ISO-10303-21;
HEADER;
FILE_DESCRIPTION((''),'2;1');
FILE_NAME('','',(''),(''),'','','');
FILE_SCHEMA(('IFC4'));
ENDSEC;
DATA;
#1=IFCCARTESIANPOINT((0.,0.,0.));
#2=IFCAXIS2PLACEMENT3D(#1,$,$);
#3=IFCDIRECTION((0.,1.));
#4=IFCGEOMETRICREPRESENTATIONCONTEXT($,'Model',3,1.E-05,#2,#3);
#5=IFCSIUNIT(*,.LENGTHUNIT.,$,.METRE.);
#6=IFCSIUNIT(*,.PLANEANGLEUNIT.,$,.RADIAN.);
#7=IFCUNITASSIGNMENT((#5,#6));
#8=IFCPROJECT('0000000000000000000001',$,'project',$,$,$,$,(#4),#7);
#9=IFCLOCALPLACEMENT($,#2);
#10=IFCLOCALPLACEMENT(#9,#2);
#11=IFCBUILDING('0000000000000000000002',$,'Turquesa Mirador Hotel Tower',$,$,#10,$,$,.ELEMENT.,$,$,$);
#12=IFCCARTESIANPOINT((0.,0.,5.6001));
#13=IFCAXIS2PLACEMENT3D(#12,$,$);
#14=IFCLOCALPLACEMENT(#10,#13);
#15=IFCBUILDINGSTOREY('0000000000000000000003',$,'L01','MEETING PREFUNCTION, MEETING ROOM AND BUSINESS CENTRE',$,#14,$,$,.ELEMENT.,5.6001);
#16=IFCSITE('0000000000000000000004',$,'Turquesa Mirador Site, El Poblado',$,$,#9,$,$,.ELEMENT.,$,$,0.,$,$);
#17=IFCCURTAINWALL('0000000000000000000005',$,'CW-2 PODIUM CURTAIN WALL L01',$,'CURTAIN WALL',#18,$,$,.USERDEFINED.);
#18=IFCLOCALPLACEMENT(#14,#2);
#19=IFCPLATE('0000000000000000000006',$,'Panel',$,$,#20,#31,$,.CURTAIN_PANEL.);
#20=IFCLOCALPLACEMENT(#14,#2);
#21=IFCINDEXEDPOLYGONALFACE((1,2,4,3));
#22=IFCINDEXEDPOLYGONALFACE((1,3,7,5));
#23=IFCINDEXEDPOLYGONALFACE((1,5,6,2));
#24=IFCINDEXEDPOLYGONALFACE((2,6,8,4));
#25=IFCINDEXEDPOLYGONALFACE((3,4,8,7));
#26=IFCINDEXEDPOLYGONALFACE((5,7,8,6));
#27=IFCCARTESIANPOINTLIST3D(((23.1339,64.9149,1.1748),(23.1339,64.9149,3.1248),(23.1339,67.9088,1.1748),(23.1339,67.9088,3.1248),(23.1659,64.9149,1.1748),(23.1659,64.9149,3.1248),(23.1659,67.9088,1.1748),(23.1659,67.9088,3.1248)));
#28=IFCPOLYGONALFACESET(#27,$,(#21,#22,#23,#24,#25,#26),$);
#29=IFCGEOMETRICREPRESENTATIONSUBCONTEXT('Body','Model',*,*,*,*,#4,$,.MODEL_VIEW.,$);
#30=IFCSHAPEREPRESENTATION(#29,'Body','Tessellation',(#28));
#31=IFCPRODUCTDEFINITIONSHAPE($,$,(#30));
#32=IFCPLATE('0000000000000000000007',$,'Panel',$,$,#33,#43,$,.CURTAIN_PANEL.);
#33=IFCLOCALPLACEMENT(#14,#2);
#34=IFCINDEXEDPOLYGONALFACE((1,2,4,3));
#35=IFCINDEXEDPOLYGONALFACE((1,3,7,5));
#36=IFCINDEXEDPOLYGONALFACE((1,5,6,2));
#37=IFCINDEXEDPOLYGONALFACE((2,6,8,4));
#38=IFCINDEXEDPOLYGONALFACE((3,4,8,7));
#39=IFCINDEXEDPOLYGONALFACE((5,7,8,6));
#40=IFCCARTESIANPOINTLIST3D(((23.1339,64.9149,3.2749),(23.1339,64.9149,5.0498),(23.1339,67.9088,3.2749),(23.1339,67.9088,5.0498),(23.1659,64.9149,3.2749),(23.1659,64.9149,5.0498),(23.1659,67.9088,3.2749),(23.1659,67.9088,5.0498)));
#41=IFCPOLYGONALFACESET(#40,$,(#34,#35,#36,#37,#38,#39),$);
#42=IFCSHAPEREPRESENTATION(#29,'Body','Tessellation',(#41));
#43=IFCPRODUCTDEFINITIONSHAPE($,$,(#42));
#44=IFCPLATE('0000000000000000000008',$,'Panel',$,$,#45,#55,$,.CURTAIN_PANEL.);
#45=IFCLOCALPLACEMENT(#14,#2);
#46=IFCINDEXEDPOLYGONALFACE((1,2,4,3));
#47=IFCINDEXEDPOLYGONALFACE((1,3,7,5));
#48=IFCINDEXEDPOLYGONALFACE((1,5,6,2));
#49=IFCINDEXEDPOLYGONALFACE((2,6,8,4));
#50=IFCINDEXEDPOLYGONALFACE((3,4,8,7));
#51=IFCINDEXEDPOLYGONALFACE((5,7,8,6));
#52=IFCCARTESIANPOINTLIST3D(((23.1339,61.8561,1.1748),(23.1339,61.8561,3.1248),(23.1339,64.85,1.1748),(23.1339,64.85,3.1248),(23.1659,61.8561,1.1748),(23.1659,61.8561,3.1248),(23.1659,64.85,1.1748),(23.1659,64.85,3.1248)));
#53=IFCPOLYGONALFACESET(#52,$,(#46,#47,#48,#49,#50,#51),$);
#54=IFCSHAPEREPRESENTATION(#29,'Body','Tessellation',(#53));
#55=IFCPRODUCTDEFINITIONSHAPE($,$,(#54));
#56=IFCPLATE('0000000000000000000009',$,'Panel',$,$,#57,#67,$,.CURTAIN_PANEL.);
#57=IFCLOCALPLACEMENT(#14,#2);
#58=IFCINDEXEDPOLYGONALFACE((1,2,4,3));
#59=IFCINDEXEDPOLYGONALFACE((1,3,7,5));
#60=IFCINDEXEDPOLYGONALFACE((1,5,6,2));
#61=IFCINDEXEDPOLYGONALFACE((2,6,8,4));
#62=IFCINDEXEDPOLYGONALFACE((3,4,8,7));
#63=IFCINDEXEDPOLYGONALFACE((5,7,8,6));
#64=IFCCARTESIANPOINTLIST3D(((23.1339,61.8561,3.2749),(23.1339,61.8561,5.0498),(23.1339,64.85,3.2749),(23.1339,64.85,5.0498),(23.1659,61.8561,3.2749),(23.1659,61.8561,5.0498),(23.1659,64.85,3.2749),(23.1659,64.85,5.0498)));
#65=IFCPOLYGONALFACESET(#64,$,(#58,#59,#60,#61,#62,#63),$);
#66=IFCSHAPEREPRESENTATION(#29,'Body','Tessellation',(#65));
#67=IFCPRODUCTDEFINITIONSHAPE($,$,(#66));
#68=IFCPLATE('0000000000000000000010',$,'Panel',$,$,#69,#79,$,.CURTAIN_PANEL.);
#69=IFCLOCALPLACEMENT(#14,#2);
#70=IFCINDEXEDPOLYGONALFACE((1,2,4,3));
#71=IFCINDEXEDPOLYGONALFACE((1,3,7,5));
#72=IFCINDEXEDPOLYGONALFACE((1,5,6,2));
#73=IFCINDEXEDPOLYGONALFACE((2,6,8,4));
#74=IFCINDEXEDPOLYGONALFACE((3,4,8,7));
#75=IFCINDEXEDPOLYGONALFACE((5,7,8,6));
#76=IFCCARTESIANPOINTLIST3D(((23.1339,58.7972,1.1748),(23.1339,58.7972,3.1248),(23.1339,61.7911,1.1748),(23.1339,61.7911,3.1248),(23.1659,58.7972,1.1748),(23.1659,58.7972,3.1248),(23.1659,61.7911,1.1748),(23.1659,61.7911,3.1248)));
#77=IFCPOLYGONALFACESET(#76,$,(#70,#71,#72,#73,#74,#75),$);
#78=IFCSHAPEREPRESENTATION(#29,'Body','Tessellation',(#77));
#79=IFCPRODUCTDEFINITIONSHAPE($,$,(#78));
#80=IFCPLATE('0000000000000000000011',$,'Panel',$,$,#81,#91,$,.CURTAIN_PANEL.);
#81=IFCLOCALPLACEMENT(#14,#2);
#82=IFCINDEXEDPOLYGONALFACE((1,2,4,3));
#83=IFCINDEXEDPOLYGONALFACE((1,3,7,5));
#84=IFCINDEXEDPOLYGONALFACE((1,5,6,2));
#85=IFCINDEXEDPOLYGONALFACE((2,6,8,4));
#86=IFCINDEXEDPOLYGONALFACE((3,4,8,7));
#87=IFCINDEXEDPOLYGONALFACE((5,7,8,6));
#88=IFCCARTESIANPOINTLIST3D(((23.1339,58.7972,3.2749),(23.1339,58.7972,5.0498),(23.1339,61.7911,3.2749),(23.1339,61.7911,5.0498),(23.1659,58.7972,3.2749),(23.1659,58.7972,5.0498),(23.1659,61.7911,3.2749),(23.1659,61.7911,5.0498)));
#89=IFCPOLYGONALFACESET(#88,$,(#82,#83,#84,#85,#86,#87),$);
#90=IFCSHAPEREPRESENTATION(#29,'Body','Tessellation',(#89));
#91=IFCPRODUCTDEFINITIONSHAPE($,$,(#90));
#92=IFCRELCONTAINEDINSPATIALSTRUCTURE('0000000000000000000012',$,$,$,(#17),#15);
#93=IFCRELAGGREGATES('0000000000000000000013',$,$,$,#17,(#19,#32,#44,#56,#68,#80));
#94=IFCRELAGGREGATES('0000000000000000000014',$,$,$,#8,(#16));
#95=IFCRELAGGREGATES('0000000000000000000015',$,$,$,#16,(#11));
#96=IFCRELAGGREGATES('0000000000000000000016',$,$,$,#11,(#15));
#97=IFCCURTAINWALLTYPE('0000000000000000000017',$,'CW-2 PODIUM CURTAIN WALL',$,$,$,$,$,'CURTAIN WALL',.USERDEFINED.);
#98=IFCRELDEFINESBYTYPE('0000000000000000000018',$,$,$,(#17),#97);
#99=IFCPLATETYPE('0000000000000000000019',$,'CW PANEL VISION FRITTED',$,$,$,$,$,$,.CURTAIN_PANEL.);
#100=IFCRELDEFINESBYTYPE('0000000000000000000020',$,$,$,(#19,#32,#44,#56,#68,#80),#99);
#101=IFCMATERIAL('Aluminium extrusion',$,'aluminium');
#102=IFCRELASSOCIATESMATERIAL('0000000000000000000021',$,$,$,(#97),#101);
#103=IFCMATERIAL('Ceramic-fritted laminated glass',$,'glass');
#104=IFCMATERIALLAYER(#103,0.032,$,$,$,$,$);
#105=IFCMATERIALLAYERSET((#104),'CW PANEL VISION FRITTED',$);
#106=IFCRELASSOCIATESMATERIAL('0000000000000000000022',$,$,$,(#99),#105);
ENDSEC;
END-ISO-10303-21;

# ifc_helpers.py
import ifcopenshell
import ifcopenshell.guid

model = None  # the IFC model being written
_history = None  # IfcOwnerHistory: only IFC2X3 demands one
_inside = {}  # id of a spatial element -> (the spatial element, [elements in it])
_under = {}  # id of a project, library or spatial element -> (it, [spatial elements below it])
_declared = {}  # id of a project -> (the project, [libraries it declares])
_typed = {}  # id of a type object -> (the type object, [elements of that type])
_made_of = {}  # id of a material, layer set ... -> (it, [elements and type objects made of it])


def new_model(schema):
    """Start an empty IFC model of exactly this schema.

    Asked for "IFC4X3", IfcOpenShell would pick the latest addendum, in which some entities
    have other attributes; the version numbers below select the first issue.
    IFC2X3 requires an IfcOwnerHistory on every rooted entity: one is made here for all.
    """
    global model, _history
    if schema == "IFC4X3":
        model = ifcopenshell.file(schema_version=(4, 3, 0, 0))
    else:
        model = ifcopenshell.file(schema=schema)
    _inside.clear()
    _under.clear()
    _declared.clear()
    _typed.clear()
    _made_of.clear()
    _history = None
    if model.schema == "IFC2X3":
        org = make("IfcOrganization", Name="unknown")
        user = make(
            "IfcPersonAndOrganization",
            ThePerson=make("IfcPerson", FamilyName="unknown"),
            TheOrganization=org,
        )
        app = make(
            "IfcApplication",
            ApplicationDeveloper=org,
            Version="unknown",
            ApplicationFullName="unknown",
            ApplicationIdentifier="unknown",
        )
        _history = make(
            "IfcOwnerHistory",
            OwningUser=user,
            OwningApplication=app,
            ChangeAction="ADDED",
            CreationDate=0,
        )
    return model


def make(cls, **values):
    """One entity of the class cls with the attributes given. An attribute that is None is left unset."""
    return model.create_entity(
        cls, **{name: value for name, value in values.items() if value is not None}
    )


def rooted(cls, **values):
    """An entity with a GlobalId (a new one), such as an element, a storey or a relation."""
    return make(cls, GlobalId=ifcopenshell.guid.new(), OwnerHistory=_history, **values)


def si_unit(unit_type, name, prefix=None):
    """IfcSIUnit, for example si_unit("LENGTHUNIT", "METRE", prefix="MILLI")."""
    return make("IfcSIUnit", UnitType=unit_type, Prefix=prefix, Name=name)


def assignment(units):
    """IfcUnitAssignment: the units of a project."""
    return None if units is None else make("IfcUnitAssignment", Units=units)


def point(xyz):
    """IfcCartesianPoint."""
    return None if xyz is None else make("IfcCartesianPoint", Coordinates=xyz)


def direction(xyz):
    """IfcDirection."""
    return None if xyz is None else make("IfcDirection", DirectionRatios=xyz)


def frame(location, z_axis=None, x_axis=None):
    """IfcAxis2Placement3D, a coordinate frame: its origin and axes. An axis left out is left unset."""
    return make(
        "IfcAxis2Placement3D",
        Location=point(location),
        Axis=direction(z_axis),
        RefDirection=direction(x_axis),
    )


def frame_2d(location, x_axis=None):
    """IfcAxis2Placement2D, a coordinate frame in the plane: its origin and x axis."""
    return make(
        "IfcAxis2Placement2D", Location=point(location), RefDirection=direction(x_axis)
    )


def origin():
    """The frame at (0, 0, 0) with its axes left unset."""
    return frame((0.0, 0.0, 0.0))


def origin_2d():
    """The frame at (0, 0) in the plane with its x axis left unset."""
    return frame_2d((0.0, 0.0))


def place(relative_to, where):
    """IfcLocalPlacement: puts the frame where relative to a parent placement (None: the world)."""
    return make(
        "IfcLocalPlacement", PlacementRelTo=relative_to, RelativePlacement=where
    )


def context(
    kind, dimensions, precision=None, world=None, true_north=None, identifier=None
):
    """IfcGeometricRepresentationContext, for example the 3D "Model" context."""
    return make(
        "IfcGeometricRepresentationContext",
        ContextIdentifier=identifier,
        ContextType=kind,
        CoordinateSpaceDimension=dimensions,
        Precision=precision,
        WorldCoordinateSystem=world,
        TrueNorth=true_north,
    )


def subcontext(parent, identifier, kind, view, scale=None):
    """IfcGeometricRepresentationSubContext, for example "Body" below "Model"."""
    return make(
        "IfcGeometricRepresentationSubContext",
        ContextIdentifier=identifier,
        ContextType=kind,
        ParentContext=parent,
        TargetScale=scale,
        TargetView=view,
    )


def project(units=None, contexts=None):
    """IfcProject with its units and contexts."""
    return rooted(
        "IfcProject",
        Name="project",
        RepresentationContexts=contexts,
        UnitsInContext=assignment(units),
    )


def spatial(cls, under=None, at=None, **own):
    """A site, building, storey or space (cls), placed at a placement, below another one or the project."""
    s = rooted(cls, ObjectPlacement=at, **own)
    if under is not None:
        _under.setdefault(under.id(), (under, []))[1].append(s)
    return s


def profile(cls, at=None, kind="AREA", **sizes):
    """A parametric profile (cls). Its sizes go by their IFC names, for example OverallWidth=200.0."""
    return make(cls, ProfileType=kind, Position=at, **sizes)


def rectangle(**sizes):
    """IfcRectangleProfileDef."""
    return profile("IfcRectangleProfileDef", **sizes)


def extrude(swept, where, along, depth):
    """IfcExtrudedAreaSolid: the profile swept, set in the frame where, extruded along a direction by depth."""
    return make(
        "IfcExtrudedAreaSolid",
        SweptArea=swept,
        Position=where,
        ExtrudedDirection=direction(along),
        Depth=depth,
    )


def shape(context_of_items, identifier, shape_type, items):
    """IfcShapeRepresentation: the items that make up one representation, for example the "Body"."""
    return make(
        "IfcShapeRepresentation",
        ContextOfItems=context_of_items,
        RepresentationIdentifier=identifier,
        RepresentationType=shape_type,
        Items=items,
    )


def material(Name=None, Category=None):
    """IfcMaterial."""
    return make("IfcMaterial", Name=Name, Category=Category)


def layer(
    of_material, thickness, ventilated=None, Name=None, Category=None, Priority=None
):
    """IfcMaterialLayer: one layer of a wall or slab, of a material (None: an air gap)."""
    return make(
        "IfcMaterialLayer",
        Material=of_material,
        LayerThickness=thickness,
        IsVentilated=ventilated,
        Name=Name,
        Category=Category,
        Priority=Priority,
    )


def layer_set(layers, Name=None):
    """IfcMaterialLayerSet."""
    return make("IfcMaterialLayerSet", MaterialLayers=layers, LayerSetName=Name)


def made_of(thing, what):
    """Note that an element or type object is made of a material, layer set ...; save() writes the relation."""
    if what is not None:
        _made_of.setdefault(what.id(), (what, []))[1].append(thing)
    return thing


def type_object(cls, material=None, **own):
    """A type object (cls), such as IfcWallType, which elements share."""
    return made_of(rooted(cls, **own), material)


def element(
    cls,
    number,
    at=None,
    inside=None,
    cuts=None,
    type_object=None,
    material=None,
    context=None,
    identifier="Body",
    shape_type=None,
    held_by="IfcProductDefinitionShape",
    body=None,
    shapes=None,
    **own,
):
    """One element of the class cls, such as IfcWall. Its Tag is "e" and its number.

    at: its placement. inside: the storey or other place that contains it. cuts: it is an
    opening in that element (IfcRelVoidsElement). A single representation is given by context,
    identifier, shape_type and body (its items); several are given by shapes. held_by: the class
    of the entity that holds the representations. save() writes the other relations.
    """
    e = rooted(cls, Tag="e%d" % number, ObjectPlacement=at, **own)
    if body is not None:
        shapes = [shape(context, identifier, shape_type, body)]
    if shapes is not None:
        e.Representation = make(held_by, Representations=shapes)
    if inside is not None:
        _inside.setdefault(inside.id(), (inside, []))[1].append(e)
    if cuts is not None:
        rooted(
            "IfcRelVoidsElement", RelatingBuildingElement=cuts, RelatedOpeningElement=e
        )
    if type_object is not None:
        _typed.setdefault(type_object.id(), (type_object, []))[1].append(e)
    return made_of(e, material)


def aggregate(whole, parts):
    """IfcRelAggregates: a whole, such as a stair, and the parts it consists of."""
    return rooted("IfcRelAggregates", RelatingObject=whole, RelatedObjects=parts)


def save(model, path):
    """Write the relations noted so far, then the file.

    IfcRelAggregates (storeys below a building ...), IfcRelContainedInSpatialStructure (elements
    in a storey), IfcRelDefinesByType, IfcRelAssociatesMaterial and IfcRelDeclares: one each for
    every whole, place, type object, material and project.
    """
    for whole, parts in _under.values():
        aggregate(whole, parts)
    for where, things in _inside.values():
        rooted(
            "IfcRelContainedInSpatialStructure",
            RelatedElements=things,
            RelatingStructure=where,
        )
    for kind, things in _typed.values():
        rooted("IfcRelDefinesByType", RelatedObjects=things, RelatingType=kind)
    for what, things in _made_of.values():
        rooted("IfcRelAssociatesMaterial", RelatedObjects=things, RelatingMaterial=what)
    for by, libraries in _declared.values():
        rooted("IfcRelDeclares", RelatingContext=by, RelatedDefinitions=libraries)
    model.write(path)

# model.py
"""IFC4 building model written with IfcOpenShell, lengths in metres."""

from ifc_helpers import new_model, si_unit, direction, frame, origin, origin_2d, place, context, subcontext, project, spatial, rectangle, extrude, material, layer, layer_set, type_object, element, aggregate, save


model = new_model("IFC4")

# Units and contexts
model_context = context("Model", 3, precision=1e-05, world=origin(), true_north=direction((0.0, 1.0)))
body_context = subcontext(model_context, "Body", "Model", "MODEL_VIEW")
ifc_project = project(units=[si_unit("LENGTHUNIT", "METRE"), si_unit("PLANEANGLEUNIT", "RADIAN")], contexts=[model_context])

# Site, building, storey
site_placement = place(None, origin())
site = spatial("IfcSite", under=ifc_project, at=site_placement, Name="Turquesa Mirador Site, El Poblado", CompositionType="ELEMENT", RefElevation=0.0)
building_placement = place(site_placement, origin())
building = spatial("IfcBuilding", under=site, at=building_placement, Name="Turquesa Mirador Hotel Tower", CompositionType="ELEMENT")
storey_placement = place(building_placement, frame((0.0, 0.0, 5.6001)))
storey = spatial("IfcBuildingStorey", under=building, at=storey_placement, Name="L01", Description="MEETING PREFUNCTION, MEETING ROOM AND BUSINESS CENTRE", CompositionType="ELEMENT", Elevation=5.6001)

# Curtain wall, plates
ifc_material_1 = material(Name="Aluminium extrusion", Category="aluminium")
curtain_wall_type = type_object("IfcCurtainWallType", Name="CW-2 PODIUM CURTAIN WALL", ElementType="CURTAIN WALL", PredefinedType="USERDEFINED", material=ifc_material_1)
curtain_wall_placement = place(storey_placement, origin())
curtain_wall = element("IfcCurtainWall", 1, at=curtain_wall_placement, inside=storey, type_object=curtain_wall_type, Name="CW-2 PODIUM CURTAIN WALL L01", ObjectType="CURTAIN WALL", PredefinedType="USERDEFINED")
ifc_material_2 = material(Name="Ceramic-fritted laminated glass", Category="glass")
ifc_layer_1 = layer(ifc_material_2, 0.032)
ifc_layer_set_1 = layer_set([ifc_layer_1], Name="CW PANEL VISION FRITTED")
plate_type_1 = type_object("IfcPlateType", Name="CW PANEL VISION FRITTED", PredefinedType="CURTAIN_PANEL", material=ifc_layer_set_1)
plate_1_placement = place(storey_placement, frame((23.1499, 66.4119, 1.1748), z_axis=(0.0, 0.0, 1.0), x_axis=(0.0, -1.0, 0.0)))
plate_1 = element("IfcPlate", 2, at=plate_1_placement, type_object=plate_type_1, Name="Panel", PredefinedType="CURTAIN_PANEL", context=body_context, shape_type="SweptSolid", body=[
    extrude(rectangle(XDim=2.9939, YDim=0.032, at=origin_2d()), origin(), (0.0, 0.0, 1.0), 1.95),
])
plate_2_placement = place(storey_placement, frame((23.1499, 66.4119, 3.2749), z_axis=(0.0, 0.0, 1.0), x_axis=(0.0, -1.0, 0.0)))
plate_2 = element("IfcPlate", 3, at=plate_2_placement, type_object=plate_type_1, Name="Panel", PredefinedType="CURTAIN_PANEL", context=body_context, shape_type="SweptSolid", body=[
    extrude(rectangle(XDim=2.9939, YDim=0.032, at=origin_2d()), origin(), (0.0, 0.0, 1.0), 1.7749),
])
plate_3_placement = place(storey_placement, frame((23.1499, 63.353, 1.1748), z_axis=(0.0, 0.0, 1.0), x_axis=(0.0, -1.0, 0.0)))
plate_3 = element("IfcPlate", 4, at=plate_3_placement, type_object=plate_type_1, Name="Panel", PredefinedType="CURTAIN_PANEL", context=body_context, shape_type="SweptSolid", body=[
    extrude(rectangle(XDim=2.9939, YDim=0.032, at=origin_2d()), origin(), (0.0, 0.0, 1.0), 1.95),
])
plate_4_placement = place(storey_placement, frame((23.1499, 63.353, 3.2749), z_axis=(0.0, 0.0, 1.0), x_axis=(0.0, -1.0, 0.0)))
plate_4 = element("IfcPlate", 5, at=plate_4_placement, type_object=plate_type_1, Name="Panel", PredefinedType="CURTAIN_PANEL", context=body_context, shape_type="SweptSolid", body=[
    extrude(rectangle(XDim=2.9939, YDim=0.032, at=origin_2d()), origin(), (0.0, 0.0, 1.0), 1.7749),
])
plate_5_placement = place(storey_placement, frame((23.1499, 60.2942, 1.1748), z_axis=(0.0, 0.0, 1.0), x_axis=(0.0, -1.0, 0.0)))
plate_5 = element("IfcPlate", 6, at=plate_5_placement, type_object=plate_type_1, Name="Panel", PredefinedType="CURTAIN_PANEL", context=body_context, shape_type="SweptSolid", body=[
    extrude(rectangle(XDim=2.9939, YDim=0.032, at=origin_2d()), origin(), (0.0, 0.0, 1.0), 1.95),
])
plate_6_placement = place(storey_placement, frame((23.1499, 60.2942, 3.2749), z_axis=(0.0, 0.0, 1.0), x_axis=(0.0, -1.0, 0.0)))
plate_6 = element("IfcPlate", 7, at=plate_6_placement, type_object=plate_type_1, Name="Panel", PredefinedType="CURTAIN_PANEL", context=body_context, shape_type="SweptSolid", body=[
    extrude(rectangle(XDim=2.9939, YDim=0.032, at=origin_2d()), origin(), (0.0, 0.0, 1.0), 1.7749),
])
aggregate(curtain_wall, [plate_1, plate_2, plate_3, plate_4, plate_5, plate_6])

save(model, "model.ifc")
